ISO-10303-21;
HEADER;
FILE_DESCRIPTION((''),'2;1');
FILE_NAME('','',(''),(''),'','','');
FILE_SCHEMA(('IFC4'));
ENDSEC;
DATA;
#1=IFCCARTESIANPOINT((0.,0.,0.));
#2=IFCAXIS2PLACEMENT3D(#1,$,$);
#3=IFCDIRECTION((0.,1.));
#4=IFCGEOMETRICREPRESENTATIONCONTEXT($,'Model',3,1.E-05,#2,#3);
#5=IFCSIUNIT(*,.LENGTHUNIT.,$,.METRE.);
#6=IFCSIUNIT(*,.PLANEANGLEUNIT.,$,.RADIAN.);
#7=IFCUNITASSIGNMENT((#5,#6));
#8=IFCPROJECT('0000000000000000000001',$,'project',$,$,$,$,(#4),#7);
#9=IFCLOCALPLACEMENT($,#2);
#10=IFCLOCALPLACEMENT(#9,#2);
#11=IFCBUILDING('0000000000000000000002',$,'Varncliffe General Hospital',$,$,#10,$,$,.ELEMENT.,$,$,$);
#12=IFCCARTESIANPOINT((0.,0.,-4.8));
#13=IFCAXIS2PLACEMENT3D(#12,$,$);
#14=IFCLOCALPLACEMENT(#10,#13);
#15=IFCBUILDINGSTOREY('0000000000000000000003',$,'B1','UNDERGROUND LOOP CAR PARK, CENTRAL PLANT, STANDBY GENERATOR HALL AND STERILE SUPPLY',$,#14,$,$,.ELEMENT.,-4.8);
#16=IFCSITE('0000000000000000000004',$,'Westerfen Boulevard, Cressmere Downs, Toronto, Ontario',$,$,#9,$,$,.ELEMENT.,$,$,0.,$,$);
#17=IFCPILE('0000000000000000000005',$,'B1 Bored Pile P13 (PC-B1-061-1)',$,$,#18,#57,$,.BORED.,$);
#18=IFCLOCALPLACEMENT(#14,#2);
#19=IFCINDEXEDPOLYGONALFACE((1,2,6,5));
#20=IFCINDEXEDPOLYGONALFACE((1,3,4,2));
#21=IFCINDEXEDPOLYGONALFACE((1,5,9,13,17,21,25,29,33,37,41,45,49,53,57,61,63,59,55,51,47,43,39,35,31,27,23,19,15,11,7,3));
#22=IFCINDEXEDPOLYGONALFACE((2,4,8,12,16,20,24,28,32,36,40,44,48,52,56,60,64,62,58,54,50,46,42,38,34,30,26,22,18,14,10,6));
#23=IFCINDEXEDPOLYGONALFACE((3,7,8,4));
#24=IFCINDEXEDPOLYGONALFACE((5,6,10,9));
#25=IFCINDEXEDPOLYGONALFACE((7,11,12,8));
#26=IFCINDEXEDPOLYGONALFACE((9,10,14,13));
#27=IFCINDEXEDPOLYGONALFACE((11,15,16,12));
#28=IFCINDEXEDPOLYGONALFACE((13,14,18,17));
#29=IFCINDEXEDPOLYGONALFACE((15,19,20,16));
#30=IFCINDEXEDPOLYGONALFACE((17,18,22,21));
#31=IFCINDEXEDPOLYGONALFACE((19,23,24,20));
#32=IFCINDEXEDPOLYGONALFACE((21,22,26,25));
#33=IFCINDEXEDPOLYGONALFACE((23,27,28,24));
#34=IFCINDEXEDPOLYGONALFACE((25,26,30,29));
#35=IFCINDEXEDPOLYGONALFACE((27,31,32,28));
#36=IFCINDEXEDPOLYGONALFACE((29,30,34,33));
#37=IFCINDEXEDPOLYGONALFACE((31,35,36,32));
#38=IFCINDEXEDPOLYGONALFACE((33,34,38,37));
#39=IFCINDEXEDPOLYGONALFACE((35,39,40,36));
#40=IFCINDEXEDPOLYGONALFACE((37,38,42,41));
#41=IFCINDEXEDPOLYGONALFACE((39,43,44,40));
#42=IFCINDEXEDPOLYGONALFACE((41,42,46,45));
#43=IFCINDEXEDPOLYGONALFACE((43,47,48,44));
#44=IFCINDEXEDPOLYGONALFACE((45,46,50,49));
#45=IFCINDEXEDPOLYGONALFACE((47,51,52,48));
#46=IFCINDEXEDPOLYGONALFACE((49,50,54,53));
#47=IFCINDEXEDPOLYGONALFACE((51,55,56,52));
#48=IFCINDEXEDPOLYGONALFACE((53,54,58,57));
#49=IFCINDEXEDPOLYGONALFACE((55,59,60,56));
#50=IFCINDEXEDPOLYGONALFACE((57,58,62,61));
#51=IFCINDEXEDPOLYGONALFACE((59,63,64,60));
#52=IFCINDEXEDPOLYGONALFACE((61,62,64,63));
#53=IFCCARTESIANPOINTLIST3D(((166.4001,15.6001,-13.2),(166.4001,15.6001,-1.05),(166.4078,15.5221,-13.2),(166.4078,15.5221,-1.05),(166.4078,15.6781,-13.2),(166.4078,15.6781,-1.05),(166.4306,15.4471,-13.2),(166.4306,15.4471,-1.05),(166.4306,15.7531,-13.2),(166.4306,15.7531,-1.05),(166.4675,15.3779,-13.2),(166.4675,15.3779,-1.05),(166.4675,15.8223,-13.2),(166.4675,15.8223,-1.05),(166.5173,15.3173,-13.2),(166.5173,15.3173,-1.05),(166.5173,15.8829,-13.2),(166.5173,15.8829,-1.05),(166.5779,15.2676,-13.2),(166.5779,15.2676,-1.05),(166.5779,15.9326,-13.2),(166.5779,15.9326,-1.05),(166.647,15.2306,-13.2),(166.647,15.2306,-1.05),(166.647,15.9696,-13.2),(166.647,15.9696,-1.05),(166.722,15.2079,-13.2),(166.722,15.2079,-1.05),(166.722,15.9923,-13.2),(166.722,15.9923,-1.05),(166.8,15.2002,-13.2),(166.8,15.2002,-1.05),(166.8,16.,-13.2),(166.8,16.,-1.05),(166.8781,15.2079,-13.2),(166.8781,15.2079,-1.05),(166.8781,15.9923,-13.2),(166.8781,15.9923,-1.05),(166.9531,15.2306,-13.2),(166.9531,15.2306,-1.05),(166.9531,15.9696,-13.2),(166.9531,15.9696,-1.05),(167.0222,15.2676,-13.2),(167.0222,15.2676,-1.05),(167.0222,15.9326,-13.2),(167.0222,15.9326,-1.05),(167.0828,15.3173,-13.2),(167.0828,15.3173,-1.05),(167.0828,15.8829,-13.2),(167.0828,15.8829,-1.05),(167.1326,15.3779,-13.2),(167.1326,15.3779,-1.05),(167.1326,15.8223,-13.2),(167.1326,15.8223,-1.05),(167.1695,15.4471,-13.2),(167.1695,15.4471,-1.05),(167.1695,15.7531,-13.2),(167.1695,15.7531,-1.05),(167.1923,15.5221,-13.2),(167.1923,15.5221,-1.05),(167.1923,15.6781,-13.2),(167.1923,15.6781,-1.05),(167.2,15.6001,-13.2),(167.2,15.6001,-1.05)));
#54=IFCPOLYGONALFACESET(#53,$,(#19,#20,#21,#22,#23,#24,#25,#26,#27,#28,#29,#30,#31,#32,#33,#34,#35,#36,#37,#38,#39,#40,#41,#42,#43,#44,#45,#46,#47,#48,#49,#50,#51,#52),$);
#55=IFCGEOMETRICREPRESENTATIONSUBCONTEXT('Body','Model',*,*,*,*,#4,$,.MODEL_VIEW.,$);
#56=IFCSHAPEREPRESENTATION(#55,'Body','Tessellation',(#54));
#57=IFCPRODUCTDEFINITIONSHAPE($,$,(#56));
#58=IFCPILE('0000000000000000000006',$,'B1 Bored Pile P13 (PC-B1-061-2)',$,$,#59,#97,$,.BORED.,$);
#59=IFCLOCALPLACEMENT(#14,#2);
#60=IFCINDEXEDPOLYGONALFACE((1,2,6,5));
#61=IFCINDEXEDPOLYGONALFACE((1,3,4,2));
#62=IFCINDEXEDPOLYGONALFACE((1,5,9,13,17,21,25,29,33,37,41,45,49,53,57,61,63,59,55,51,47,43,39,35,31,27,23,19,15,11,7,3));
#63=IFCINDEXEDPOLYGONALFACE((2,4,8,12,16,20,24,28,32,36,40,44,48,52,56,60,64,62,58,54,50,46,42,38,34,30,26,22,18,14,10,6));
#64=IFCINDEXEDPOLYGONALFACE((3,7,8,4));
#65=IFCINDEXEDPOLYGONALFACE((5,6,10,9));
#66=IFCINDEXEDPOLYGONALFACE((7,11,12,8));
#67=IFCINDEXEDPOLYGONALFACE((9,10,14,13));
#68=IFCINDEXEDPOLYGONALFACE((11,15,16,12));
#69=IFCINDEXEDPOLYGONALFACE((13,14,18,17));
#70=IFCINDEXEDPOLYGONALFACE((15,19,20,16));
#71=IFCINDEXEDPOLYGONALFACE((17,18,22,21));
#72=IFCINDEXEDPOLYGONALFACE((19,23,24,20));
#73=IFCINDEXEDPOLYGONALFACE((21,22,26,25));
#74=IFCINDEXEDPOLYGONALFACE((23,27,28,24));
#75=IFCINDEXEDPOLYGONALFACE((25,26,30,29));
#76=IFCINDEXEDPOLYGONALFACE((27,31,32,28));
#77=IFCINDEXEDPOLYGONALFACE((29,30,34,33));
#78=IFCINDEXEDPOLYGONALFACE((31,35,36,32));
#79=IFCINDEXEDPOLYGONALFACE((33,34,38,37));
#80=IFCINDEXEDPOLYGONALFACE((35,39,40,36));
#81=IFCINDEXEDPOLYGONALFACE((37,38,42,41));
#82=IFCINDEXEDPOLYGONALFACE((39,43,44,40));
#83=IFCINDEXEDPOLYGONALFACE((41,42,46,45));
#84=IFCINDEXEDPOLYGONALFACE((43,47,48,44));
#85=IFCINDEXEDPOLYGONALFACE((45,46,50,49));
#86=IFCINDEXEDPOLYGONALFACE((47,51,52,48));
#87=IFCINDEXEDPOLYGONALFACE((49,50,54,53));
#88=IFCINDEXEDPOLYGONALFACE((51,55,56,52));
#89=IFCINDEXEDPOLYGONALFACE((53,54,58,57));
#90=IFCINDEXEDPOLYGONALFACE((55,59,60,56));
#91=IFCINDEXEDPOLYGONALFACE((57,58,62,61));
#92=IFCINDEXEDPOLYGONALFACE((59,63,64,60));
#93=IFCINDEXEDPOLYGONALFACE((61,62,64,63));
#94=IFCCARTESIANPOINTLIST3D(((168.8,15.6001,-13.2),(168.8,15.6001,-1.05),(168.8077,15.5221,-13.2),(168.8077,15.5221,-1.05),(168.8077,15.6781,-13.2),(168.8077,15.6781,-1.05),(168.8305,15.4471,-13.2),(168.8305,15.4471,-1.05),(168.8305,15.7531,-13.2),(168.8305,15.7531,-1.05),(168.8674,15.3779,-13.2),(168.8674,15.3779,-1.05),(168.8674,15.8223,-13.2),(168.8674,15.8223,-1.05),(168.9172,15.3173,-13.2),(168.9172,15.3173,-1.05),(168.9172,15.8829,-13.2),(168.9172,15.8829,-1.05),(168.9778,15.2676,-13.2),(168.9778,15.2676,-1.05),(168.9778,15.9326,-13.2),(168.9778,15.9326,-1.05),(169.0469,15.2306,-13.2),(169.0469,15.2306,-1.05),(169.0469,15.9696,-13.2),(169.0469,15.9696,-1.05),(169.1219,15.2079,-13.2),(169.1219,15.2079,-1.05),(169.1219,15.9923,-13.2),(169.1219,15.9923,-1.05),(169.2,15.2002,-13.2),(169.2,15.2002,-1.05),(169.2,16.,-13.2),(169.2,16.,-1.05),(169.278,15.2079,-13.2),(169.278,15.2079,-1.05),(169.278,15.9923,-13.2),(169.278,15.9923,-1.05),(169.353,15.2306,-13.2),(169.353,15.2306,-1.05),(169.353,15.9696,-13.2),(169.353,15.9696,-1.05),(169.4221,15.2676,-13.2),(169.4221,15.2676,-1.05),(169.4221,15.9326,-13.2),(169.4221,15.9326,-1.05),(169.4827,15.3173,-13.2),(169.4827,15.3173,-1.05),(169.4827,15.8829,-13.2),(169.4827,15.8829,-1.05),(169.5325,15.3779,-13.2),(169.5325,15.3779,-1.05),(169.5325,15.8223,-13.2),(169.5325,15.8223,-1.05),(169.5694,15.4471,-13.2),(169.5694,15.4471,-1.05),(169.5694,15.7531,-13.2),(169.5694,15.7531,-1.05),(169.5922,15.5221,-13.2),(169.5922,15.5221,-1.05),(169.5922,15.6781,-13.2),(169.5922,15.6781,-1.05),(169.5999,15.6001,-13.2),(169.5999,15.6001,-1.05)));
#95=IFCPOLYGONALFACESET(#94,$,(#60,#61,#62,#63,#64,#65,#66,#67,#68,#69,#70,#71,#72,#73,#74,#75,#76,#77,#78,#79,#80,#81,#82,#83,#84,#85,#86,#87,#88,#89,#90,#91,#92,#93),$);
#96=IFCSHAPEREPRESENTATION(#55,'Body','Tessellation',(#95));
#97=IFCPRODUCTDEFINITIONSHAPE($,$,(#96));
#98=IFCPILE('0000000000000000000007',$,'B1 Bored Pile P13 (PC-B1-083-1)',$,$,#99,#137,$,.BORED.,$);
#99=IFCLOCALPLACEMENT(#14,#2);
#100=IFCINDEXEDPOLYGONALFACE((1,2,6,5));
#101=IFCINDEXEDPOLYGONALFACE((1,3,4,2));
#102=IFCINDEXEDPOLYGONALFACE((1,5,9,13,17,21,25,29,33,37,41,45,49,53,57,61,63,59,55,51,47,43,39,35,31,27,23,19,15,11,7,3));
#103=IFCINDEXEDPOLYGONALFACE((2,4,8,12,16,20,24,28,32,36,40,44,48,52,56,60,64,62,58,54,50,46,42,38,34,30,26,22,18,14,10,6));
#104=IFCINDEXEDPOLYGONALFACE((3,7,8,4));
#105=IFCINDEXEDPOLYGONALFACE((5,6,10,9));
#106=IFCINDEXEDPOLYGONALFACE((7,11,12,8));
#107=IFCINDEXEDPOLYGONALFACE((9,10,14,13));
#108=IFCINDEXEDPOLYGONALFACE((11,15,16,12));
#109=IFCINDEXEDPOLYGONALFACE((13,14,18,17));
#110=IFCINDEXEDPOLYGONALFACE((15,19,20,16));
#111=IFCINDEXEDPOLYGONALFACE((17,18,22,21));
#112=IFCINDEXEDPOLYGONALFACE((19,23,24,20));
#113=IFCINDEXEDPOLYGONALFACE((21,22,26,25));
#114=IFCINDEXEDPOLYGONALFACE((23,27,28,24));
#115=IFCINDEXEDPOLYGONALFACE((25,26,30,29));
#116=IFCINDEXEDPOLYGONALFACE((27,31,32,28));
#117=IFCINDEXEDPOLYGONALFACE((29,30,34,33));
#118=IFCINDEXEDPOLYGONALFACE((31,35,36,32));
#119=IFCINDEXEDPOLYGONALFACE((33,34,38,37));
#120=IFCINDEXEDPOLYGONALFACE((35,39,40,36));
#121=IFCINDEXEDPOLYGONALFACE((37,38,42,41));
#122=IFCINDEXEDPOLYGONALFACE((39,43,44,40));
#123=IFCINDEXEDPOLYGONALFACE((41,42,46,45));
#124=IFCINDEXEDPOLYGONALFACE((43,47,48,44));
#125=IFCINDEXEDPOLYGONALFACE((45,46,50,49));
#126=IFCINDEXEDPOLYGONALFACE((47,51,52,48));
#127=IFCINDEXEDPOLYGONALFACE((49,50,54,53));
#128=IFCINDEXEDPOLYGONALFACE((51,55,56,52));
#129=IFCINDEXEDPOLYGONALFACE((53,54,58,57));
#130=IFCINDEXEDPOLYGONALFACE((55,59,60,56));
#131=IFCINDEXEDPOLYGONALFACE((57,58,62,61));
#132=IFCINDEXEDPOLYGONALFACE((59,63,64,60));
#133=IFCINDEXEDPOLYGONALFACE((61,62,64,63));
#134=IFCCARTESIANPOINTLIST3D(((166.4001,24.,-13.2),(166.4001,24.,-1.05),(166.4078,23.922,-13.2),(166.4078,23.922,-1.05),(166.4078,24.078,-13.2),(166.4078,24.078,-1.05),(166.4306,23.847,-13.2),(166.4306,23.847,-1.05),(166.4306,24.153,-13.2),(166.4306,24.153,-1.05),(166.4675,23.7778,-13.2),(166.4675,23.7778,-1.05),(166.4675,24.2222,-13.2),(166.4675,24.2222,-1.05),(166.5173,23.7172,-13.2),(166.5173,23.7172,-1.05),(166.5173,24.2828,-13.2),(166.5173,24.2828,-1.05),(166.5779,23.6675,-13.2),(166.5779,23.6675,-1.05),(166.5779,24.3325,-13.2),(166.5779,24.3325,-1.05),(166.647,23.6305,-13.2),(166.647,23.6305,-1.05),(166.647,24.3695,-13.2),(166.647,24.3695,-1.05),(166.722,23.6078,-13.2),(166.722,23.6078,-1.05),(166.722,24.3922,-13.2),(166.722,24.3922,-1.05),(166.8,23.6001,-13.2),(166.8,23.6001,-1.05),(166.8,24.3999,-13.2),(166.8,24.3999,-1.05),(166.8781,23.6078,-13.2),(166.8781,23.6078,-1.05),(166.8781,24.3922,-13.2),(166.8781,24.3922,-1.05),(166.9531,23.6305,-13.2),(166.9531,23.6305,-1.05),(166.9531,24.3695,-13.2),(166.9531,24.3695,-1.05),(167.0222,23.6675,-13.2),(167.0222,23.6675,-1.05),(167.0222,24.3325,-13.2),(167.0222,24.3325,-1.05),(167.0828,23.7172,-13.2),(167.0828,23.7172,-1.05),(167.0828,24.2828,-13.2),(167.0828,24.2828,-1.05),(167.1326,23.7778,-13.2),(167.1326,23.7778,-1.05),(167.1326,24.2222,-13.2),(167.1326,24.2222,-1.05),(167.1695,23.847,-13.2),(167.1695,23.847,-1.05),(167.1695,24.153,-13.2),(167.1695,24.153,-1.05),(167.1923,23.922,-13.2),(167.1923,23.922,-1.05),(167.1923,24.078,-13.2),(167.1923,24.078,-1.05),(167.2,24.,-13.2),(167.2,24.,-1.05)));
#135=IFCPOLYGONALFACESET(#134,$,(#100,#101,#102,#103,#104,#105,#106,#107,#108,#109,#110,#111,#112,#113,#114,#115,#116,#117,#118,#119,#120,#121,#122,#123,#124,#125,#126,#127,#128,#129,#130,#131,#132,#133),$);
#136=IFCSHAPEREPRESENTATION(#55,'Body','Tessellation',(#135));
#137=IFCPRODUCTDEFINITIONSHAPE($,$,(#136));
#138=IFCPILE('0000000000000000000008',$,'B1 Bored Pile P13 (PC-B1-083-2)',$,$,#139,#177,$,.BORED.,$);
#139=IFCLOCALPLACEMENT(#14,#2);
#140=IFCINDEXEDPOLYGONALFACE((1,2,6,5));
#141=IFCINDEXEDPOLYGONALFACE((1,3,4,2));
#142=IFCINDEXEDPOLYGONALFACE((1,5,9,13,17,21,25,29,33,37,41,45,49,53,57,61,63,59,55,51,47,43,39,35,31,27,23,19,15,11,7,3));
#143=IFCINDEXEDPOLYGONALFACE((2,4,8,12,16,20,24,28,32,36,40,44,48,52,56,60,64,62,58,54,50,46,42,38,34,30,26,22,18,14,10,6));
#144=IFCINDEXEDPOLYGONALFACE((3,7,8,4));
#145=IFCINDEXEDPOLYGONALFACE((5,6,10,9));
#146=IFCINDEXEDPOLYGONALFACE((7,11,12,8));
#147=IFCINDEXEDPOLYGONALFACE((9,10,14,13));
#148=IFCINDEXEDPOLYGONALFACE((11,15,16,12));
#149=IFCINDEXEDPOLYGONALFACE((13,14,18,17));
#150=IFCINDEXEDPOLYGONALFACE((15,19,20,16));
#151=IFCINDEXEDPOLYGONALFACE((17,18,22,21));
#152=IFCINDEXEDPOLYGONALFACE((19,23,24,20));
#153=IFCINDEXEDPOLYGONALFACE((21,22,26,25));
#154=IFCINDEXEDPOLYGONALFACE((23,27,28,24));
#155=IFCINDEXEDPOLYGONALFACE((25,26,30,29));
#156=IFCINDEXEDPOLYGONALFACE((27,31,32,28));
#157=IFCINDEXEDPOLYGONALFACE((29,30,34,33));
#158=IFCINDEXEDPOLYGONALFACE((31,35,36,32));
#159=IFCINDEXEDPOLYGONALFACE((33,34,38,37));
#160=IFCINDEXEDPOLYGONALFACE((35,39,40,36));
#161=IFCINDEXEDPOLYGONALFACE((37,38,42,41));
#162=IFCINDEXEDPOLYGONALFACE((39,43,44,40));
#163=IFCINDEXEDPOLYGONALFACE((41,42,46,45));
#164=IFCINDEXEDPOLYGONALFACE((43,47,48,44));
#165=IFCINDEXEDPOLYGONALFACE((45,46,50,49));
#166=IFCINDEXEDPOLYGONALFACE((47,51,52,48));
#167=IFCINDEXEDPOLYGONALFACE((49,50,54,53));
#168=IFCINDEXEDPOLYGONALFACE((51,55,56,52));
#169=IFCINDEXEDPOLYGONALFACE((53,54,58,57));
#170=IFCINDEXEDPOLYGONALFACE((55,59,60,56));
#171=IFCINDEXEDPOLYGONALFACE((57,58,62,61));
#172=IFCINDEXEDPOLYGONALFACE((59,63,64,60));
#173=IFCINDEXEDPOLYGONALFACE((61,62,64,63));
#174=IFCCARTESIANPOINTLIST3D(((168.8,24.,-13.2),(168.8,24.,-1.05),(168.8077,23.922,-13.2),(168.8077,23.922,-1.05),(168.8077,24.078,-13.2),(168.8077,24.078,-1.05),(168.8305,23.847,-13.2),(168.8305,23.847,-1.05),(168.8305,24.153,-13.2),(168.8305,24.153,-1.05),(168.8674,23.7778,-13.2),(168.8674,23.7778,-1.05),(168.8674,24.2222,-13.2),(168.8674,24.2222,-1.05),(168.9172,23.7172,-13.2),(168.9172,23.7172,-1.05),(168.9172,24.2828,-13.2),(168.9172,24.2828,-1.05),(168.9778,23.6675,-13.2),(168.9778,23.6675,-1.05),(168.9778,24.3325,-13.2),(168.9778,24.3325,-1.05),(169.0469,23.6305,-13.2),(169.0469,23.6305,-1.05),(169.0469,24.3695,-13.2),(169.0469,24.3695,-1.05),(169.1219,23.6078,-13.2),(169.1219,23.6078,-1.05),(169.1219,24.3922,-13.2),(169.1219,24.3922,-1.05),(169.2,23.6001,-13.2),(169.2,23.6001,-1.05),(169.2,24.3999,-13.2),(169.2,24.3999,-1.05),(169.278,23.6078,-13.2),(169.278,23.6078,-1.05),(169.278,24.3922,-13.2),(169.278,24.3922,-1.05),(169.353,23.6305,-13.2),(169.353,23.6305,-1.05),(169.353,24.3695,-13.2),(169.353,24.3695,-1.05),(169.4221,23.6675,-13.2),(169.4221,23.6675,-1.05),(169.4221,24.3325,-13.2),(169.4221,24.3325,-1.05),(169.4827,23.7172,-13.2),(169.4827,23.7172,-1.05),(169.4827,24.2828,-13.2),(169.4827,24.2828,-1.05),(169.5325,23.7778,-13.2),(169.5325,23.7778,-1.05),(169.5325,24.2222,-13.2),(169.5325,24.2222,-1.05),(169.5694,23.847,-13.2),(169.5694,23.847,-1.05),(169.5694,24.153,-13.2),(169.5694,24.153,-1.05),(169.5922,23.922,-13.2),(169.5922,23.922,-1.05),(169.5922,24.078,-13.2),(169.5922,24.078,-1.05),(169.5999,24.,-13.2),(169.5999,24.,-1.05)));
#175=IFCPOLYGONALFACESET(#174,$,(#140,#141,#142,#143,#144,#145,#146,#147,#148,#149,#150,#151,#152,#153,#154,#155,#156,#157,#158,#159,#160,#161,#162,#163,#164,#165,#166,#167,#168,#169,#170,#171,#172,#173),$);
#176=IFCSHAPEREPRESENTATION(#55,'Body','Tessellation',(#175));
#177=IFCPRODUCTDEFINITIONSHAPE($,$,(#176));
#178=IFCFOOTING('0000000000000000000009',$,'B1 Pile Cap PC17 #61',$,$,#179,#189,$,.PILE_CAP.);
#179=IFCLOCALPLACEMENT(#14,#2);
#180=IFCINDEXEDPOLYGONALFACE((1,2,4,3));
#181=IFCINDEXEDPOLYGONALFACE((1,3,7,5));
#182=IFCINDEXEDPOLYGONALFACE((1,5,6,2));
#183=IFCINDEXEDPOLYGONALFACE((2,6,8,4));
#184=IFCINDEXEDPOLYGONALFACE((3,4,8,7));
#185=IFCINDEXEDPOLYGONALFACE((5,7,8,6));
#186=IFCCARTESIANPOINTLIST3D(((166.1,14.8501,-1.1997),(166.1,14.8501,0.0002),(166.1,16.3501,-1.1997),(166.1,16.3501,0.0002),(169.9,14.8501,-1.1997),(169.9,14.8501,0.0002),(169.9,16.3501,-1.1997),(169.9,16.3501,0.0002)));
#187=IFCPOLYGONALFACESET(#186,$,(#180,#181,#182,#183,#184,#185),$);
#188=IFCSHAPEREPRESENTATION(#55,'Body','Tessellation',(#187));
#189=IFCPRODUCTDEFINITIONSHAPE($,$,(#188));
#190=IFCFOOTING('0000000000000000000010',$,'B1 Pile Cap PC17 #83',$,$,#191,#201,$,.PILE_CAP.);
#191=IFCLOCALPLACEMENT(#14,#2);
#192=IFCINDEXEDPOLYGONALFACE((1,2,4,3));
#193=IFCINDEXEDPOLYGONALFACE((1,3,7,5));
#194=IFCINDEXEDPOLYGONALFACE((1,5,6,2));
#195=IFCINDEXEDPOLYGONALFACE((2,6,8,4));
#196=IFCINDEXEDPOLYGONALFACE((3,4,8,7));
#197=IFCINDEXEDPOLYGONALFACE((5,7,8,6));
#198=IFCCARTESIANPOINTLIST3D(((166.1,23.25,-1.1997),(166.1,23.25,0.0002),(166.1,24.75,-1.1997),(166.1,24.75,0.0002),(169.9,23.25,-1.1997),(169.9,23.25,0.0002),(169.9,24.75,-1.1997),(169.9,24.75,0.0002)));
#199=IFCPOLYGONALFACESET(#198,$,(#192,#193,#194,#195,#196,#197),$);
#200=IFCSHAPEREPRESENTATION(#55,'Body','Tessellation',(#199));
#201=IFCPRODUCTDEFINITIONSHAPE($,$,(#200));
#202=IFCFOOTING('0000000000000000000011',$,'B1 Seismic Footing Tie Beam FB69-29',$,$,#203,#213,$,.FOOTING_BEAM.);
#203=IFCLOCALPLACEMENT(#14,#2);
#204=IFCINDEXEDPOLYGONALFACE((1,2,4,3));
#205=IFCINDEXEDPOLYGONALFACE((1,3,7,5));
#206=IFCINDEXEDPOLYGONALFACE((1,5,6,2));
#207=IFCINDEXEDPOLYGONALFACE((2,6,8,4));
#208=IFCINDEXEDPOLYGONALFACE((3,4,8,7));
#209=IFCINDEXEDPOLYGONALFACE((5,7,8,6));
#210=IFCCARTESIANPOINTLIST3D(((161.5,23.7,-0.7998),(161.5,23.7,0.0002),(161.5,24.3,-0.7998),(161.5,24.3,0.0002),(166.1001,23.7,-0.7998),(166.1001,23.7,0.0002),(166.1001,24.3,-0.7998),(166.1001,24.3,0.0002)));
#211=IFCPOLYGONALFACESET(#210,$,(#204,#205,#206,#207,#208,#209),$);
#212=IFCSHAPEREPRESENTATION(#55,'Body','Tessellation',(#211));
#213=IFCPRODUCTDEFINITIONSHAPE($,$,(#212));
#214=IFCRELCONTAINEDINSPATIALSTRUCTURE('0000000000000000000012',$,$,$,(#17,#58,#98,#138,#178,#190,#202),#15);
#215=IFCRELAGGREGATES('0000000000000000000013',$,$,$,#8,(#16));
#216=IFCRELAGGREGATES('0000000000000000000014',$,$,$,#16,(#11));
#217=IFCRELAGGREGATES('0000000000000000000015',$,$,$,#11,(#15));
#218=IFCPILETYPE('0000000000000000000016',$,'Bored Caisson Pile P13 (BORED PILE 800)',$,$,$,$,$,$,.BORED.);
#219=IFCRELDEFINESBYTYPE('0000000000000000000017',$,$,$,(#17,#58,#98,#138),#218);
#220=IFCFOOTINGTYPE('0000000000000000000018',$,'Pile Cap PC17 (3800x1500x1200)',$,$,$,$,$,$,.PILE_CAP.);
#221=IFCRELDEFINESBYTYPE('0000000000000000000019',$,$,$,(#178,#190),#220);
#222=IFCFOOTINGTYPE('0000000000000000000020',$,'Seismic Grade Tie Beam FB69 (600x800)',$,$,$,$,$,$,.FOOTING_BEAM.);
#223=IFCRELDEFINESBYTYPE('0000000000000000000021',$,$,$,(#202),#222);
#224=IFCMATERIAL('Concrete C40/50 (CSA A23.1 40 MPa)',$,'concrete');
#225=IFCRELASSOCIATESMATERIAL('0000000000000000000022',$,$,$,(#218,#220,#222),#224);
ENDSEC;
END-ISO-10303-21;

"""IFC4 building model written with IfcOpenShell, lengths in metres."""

from ifc_helpers import new_model, si_unit, direction, frame, origin, origin_2d, place, context, subcontext, project, spatial, rectangle, circle, extrude, material, material_profile, profile_set, type_object, element, save


model = new_model("IFC4")

# Units and contexts
model_context = context("Model", 3, precision=1e-05, world=origin(), true_north=direction((0.0, 1.0)))
body_context = subcontext(model_context, "Body", "Model", "MODEL_VIEW")
ifc_project = project(units=[si_unit("LENGTHUNIT", "METRE"), si_unit("PLANEANGLEUNIT", "RADIAN")], contexts=[model_context])

# Site, building, storey
site_placement = place(None, origin())
site = spatial("IfcSite", under=ifc_project, at=site_placement, Name="Westerfen Boulevard, Cressmere Downs, Toronto, Ontario", CompositionType="ELEMENT", RefElevation=0.0)
building_placement = place(site_placement, origin())
building = spatial("IfcBuilding", under=site, at=building_placement, Name="Varncliffe General Hospital", CompositionType="ELEMENT")
storey_placement = place(building_placement, frame((0.0, 0.0, -4.8)))
storey = spatial("IfcBuildingStorey", under=building, at=storey_placement, Name="B1", Description="UNDERGROUND LOOP CAR PARK, CENTRAL PLANT, STANDBY GENERATOR HALL AND STERILE SUPPLY", CompositionType="ELEMENT", Elevation=-4.8)

# Piles
ifc_material_1 = material(Name="Concrete C40/50 (CSA A23.1 40 MPa)", Category="concrete")
ifc_material_profile_1 = material_profile(ifc_material_1, circle(Radius=0.3999, at=origin_2d()), Name="BORED PILE 800")
ifc_profile_set_1 = profile_set([ifc_material_profile_1], Name="Concrete C40/50 (CSA A23.1 40 MPa)")
pile_type = type_object("IfcPileType", Name="Bored Caisson Pile P13 (BORED PILE 800)", PredefinedType="BORED", material=ifc_profile_set_1)
for number, where, z_axis, x_axis, name in (
    (1, (166.8, 15.6001, -1.05), (0.0, 0.0, -1.0), (1.0, 0.0, 0.0), "B1 Bored Pile P13 (PC-B1-061-1)"),
    (2, (169.2, 15.6001, -1.05), (0.0, 0.0, -1.0), (1.0, 0.0, 0.0), "B1 Bored Pile P13 (PC-B1-061-2)"),
    (3, (166.8, 24.0, -1.05), (0.0, 0.0, -1.0), (1.0, 0.0, 0.0), "B1 Bored Pile P13 (PC-B1-083-1)"),
    (4, (169.2, 24.0, -1.05), (0.0, 0.0, -1.0), (1.0, 0.0, 0.0), "B1 Bored Pile P13 (PC-B1-083-2)"),
):
    element("IfcPile", number, at=place(storey_placement, frame(where, z_axis=z_axis, x_axis=x_axis)), inside=storey, type_object=pile_type, Name=name, PredefinedType="BORED", context=body_context, shape_type="SweptSolid", body=[
        extrude(circle(Radius=0.3999, at=origin_2d()), origin(), (0.0, 0.0, 1.0), 12.1499),
    ])

# Footings
footing_type_1 = type_object("IfcFootingType", Name="Pile Cap PC17 (3800x1500x1200)", PredefinedType="PILE_CAP", material=ifc_material_1)
for number, where, z_axis, x_axis, name in (
    (5, (168.0, 15.6001, -1.1997), (0.0, 0.0, 1.0), (1.0, 0.0, 0.0), "B1 Pile Cap PC17 #61"),
    (6, (168.0, 24.0, -1.1997), (0.0, 0.0, 1.0), (1.0, 0.0, 0.0), "B1 Pile Cap PC17 #83"),
):
    element("IfcFooting", number, at=place(storey_placement, frame(where, z_axis=z_axis, x_axis=x_axis)), inside=storey, type_object=footing_type_1, Name=name, PredefinedType="PILE_CAP", context=body_context, shape_type="SweptSolid", body=[
        extrude(rectangle(XDim=3.8, YDim=1.5, at=origin_2d()), origin(), (0.0, 0.0, 1.0), 1.2),
    ])
footing_type_2 = type_object("IfcFootingType", Name="Seismic Grade Tie Beam FB69 (600x800)", PredefinedType="FOOTING_BEAM", material=ifc_material_1)
footing_placement = place(storey_placement, frame((163.8, 24.0, -0.7998), z_axis=(0.0, 0.0, 1.0), x_axis=(1.0, 0.0, 0.0)))
element("IfcFooting", 7, at=footing_placement, inside=storey, type_object=footing_type_2, Name="B1 Seismic Footing Tie Beam FB69-29", PredefinedType="FOOTING_BEAM", context=body_context, shape_type="SweptSolid", body=[
    extrude(rectangle(XDim=4.6001, YDim=0.6001, at=origin_2d()), origin(), (0.0, 0.0, 1.0), 0.8),
])

save(model, "model.ifc")
